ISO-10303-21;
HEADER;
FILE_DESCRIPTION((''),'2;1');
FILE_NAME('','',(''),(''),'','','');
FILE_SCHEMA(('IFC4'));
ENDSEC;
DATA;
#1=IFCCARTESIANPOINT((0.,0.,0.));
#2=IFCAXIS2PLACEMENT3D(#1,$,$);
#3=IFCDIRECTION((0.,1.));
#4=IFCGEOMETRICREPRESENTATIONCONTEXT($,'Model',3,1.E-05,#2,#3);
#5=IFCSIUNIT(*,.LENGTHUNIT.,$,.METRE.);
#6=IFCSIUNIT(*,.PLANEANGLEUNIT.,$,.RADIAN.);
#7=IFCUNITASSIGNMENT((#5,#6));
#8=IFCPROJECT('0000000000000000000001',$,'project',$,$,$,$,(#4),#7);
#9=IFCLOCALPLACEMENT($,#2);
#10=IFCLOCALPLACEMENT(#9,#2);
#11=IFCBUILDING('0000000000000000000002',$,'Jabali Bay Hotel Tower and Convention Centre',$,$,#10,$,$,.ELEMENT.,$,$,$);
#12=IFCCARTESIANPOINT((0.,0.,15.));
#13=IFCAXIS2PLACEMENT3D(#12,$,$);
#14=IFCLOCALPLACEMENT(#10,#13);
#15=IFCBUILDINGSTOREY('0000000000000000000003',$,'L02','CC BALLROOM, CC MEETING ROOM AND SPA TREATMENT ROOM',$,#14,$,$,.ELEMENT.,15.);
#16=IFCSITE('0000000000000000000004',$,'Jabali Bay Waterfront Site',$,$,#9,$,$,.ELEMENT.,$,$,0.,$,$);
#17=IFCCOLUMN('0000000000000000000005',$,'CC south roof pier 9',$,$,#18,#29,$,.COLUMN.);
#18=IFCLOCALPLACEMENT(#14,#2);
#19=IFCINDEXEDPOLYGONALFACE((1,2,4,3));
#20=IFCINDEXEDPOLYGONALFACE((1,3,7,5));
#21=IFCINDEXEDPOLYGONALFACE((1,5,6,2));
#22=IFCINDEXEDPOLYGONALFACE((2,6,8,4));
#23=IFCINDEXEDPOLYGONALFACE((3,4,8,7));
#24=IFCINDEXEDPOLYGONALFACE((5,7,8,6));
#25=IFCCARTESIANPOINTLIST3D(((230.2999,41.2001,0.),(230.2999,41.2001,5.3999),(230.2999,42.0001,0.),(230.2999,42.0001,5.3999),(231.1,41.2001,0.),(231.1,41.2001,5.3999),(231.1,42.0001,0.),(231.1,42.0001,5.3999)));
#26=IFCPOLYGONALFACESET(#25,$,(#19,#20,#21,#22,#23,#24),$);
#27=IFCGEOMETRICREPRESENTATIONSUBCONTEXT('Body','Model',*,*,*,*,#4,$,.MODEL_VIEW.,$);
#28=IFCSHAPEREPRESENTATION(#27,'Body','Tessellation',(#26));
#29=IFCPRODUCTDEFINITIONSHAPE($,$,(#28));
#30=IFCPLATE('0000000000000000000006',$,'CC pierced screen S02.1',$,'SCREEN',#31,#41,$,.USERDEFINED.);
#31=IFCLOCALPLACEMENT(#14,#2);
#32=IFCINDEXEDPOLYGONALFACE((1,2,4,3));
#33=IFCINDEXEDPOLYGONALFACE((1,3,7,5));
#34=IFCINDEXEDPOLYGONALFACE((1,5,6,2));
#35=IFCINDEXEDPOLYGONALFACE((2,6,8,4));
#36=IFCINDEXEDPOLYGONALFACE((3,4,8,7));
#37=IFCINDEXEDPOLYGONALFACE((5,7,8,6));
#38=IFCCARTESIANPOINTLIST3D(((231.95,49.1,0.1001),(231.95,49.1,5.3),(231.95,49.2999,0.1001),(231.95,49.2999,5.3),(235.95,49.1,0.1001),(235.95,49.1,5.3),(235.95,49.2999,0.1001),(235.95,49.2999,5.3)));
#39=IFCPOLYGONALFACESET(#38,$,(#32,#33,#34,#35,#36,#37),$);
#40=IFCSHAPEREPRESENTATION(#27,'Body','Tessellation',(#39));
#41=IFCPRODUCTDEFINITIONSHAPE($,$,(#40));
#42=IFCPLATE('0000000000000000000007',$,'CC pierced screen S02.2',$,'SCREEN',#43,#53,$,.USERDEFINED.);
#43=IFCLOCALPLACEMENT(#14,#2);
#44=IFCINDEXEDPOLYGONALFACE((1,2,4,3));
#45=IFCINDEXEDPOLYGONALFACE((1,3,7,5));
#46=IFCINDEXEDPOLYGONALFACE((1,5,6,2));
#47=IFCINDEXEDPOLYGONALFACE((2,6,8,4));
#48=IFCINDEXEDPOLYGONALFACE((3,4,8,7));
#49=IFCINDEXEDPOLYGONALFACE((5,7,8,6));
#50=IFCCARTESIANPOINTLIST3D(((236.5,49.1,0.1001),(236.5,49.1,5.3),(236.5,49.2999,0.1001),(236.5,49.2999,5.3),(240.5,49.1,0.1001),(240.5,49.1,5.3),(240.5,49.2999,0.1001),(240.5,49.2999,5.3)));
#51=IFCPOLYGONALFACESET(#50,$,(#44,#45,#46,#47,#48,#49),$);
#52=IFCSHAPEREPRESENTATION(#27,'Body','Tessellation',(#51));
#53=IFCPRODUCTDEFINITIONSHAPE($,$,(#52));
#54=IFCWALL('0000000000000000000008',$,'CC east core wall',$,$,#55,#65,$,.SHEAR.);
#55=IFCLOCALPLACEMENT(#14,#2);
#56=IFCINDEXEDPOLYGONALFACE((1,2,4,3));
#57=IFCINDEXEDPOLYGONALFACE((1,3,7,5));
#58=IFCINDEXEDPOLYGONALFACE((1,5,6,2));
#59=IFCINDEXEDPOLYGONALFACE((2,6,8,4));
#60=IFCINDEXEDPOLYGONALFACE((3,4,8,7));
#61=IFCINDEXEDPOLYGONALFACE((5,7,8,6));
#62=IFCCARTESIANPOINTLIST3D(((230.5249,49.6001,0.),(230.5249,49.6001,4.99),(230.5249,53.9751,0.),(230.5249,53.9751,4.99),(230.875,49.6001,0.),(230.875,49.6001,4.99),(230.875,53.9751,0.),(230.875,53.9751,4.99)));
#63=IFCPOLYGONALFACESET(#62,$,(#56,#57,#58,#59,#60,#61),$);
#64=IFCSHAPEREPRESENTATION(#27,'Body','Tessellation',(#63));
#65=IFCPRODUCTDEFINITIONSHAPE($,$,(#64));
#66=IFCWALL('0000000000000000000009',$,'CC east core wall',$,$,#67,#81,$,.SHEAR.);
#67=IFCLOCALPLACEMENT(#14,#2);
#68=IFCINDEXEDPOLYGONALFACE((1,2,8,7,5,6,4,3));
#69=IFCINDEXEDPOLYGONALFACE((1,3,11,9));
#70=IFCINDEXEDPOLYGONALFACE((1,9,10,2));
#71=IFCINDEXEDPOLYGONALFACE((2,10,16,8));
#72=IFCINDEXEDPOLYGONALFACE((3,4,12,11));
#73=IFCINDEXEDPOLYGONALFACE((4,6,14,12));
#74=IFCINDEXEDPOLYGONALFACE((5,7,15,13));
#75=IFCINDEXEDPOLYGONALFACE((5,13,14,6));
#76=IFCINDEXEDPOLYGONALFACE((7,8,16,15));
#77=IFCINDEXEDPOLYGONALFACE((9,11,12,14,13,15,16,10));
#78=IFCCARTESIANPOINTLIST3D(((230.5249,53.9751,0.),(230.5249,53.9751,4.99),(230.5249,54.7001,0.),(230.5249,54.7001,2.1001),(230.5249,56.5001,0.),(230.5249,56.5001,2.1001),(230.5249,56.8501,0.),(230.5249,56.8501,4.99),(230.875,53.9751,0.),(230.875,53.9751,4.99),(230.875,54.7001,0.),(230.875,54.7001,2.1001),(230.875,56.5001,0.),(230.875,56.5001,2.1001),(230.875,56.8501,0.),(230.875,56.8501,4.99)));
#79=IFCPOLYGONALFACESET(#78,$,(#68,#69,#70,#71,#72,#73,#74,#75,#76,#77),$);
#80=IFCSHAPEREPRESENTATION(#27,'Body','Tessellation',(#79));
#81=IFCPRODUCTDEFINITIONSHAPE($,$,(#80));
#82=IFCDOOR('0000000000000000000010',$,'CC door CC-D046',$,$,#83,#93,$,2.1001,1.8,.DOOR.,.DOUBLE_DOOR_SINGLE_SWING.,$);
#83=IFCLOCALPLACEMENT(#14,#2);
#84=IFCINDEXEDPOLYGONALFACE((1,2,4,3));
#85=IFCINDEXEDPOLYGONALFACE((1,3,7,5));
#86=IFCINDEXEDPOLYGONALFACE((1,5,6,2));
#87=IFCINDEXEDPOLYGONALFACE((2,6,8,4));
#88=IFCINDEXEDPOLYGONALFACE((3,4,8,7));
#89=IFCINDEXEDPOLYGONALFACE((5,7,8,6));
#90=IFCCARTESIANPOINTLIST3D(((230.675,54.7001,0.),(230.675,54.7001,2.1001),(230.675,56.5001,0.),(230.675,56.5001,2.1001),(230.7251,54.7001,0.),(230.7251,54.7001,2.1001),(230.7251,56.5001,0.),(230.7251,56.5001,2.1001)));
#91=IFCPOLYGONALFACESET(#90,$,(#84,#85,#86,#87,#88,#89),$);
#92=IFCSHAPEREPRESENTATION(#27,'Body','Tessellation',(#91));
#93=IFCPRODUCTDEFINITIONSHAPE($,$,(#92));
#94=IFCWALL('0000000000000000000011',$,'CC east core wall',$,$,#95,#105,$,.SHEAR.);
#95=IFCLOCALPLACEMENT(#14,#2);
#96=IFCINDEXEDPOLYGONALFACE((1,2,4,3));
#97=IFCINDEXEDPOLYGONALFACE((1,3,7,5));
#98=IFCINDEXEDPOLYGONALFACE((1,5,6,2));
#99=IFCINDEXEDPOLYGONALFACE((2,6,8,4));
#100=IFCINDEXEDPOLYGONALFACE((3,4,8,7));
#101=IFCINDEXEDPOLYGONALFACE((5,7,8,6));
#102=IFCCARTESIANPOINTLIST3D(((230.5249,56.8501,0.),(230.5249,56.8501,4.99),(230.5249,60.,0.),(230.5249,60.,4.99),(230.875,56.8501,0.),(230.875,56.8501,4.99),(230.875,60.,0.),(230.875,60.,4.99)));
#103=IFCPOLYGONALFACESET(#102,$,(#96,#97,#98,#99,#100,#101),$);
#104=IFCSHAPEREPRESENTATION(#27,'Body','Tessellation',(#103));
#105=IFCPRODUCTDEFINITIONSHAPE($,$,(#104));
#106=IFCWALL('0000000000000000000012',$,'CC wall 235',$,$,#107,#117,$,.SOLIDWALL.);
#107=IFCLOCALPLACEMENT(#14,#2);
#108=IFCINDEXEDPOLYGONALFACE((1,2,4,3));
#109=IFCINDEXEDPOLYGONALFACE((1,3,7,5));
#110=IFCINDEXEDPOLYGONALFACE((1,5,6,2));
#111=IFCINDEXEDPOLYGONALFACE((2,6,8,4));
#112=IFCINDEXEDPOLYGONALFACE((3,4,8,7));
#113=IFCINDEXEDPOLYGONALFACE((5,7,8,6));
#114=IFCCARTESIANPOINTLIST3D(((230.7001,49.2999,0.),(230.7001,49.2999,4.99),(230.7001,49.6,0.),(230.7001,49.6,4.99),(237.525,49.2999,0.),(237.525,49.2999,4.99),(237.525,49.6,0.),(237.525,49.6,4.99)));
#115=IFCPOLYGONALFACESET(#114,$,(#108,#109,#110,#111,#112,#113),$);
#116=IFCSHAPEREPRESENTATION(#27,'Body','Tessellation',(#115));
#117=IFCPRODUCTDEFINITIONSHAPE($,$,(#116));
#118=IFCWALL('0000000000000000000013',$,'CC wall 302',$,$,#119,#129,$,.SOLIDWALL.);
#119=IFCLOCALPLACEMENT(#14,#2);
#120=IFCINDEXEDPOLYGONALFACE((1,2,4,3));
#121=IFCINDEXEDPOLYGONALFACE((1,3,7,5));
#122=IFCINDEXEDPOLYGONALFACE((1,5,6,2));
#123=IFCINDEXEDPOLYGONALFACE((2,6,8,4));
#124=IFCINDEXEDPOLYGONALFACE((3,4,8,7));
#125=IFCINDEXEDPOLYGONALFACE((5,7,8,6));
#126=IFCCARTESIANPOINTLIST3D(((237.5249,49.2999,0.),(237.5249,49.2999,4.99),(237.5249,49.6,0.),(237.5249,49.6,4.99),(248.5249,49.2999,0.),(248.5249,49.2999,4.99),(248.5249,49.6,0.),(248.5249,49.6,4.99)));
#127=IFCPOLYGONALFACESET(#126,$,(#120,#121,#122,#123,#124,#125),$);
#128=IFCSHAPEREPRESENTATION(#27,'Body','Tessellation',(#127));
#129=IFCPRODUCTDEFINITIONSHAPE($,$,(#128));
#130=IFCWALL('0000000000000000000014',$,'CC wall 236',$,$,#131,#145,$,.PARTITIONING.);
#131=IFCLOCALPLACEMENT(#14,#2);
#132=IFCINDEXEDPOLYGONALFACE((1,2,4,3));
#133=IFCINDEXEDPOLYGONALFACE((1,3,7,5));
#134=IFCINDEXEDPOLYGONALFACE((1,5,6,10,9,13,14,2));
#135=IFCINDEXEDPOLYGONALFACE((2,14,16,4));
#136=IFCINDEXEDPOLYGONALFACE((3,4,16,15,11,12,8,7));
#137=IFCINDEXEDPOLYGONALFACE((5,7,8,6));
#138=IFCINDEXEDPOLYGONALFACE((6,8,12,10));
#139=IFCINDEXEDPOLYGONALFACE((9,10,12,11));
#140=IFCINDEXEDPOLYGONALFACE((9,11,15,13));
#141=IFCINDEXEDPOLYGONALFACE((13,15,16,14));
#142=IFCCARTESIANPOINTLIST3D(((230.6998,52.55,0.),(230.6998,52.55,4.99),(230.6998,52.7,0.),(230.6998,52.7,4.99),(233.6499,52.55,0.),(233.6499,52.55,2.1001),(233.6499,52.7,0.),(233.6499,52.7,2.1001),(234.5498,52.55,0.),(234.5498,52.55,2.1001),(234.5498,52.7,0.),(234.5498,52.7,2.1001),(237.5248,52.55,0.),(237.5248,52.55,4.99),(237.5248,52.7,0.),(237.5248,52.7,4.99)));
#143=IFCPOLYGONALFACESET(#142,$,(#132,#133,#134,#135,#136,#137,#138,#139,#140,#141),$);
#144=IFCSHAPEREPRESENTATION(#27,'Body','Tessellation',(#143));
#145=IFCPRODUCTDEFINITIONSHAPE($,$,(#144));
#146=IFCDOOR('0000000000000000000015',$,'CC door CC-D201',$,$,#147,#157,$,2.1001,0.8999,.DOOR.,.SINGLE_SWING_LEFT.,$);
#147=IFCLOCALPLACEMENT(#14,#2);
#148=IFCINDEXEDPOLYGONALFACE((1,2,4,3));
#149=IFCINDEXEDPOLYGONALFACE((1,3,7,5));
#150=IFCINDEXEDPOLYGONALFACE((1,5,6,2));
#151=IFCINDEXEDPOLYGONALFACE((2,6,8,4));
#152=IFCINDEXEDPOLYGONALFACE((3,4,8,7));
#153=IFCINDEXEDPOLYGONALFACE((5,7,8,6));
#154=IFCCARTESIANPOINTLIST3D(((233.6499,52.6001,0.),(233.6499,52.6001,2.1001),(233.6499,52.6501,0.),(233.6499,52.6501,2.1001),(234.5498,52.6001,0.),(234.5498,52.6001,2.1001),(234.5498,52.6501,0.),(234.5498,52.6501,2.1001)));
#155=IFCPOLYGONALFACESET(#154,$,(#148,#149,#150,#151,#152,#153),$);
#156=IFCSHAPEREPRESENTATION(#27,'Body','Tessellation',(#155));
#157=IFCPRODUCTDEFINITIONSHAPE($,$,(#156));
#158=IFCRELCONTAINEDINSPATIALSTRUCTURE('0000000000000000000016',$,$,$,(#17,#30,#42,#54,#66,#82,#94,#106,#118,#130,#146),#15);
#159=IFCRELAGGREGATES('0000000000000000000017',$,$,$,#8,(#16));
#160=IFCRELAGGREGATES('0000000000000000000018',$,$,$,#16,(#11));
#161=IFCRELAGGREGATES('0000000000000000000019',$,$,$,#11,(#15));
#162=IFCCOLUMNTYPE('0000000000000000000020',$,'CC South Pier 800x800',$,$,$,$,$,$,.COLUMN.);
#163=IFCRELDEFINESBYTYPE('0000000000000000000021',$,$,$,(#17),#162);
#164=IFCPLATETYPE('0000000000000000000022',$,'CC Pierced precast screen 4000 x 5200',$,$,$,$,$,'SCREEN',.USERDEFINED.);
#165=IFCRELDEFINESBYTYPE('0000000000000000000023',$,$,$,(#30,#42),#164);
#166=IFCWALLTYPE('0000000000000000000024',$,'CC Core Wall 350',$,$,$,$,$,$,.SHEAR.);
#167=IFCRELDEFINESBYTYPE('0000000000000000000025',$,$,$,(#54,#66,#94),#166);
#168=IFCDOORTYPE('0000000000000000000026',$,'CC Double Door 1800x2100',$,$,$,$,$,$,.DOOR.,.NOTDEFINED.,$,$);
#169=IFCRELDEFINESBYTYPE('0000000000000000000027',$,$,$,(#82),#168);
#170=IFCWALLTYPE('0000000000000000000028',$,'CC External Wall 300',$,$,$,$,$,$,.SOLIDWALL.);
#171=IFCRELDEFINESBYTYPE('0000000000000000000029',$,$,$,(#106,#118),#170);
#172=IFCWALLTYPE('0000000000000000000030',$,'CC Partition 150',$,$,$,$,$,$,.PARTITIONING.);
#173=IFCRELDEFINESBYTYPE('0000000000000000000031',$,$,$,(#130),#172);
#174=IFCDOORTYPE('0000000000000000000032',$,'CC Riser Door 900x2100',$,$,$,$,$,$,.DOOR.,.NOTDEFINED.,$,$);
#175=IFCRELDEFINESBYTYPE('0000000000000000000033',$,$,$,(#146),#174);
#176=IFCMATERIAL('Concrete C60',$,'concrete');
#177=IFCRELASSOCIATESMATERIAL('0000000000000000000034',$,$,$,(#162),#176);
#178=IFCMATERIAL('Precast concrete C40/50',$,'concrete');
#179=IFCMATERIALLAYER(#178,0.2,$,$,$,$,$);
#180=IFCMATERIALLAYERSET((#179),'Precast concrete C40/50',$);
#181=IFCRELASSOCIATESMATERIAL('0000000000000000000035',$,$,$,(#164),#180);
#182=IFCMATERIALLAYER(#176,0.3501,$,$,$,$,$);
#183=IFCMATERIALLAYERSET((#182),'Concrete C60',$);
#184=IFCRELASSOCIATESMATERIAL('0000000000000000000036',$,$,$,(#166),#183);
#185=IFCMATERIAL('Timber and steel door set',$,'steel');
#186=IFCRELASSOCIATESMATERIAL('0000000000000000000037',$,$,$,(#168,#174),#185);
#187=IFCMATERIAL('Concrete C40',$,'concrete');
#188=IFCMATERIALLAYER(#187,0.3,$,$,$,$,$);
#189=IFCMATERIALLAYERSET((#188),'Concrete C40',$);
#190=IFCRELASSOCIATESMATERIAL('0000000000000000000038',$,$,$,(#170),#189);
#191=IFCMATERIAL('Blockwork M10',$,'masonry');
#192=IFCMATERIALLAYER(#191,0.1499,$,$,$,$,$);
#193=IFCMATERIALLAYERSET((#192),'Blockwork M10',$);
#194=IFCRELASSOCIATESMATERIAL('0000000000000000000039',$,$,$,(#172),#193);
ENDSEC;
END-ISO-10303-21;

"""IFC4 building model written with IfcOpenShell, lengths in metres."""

from ifc_helpers import new_model, si_unit, direction, frame, frame_2d, origin, origin_2d, place, context, subcontext, project, spatial, rectangle, extrude, material, layer, layer_set, material_profile, profile_set, type_object, element, fill, save


model = new_model("IFC4")

# Units and contexts
model_context = context("Model", 3, precision=1e-05, world=origin(), true_north=direction((0.0, 1.0)))
body_context = subcontext(model_context, "Body", "Model", "MODEL_VIEW")
ifc_project = project(units=[si_unit("LENGTHUNIT", "METRE"), si_unit("PLANEANGLEUNIT", "RADIAN")], contexts=[model_context])

# Site, building, storey
site_placement = place(None, origin())
site = spatial("IfcSite", under=ifc_project, at=site_placement, Name="Jabali Bay Waterfront Site", CompositionType="ELEMENT", RefElevation=0.0)
building_placement = place(site_placement, origin())
building = spatial("IfcBuilding", under=site, at=building_placement, Name="Jabali Bay Hotel Tower and Convention Centre", CompositionType="ELEMENT")
storey_placement = place(building_placement, frame((0.0, 0.0, 15.0)))
storey = spatial("IfcBuildingStorey", under=building, at=storey_placement, Name="L02", Description="CC BALLROOM, CC MEETING ROOM AND SPA TREATMENT ROOM", CompositionType="ELEMENT", Elevation=15.0)

# Column
ifc_material_1 = material(Name="Concrete C60", Category="concrete")
ifc_material_profile = material_profile(ifc_material_1, rectangle(XDim=0.8, YDim=0.8, at=origin_2d()), Name="RC 800x800")
ifc_profile_set = profile_set([ifc_material_profile], Name="Concrete C60")
column_type = type_object("IfcColumnType", Name="CC South Pier 800x800", PredefinedType="COLUMN", material=ifc_profile_set)
column_placement = place(storey_placement, frame((230.7, 41.6001, 0.0), z_axis=(0.0, 0.0, 1.0), x_axis=(1.0, 0.0, 0.0)))
element("IfcColumn", 1, at=column_placement, inside=storey, type_object=column_type, Name="CC south roof pier 9", PredefinedType="COLUMN", context=body_context, shape_type="SweptSolid", body=[
    extrude(rectangle(XDim=0.8, YDim=0.8, at=origin_2d()), origin(), (0.0, 0.0, 1.0), 5.3999),
])

# Plates
ifc_material_2 = material(Name="Precast concrete C40/50", Category="concrete")
ifc_layer_1 = layer(ifc_material_2, 0.2)
ifc_layer_set_1 = layer_set([ifc_layer_1], Name="Precast concrete C40/50")
plate_type = type_object("IfcPlateType", Name="CC Pierced precast screen 4000 x 5200", ElementType="SCREEN", PredefinedType="USERDEFINED", material=ifc_layer_set_1)
for number, where, z_axis, x_axis, name in (
    (2, (233.95, 49.2, 0.1001), (0.0, 0.0, 1.0), (1.0, 0.0, 0.0), "CC pierced screen S02.1"),
    (3, (238.5, 49.2, 0.1001), (0.0, 0.0, 1.0), (1.0, 0.0, 0.0), "CC pierced screen S02.2"),
):
    element("IfcPlate", number, at=place(storey_placement, frame(where, z_axis=z_axis, x_axis=x_axis)), inside=storey, type_object=plate_type, Name=name, ObjectType="SCREEN", PredefinedType="USERDEFINED", context=body_context, shape_type="SweptSolid", body=[
        extrude(rectangle(XDim=4.0, YDim=0.2, at=origin_2d()), origin(), (0.0, 0.0, 1.0), 5.2),
    ])

# Wall
ifc_layer_2 = layer(ifc_material_1, 0.3501)
ifc_layer_set_2 = layer_set([ifc_layer_2], Name="Concrete C60")
wall_type_1 = type_object("IfcWallType", Name="CC Core Wall 350", PredefinedType="SHEAR", material=ifc_layer_set_2)
wall_1_placement = place(storey_placement, frame((230.7, 49.6001, 0.0), z_axis=(0.0, 0.0, 1.0), x_axis=(0.0, 1.0, 0.0)))
element("IfcWall", 4, at=wall_1_placement, inside=storey, type_object=wall_type_1, Name="CC east core wall", PredefinedType="SHEAR", context=body_context, shape_type="SweptSolid", body=[
    extrude(rectangle(XDim=4.375, YDim=0.3501, at=frame_2d((2.1875, 0.0))), origin(), (0.0, 0.0, 1.0), 4.99),
])

# Wall, opening, door
wall_2_placement = place(storey_placement, frame((230.7, 53.9751, 0.0), z_axis=(0.0, 0.0, 1.0), x_axis=(0.0, 1.0, 0.0)))
wall_2 = element("IfcWall", 5, at=wall_2_placement, inside=storey, type_object=wall_type_1, Name="CC east core wall", PredefinedType="SHEAR", context=body_context, shape_type="SweptSolid", body=[
    extrude(rectangle(XDim=2.875, YDim=0.3501, at=frame_2d((1.4375, 0.0))), origin(), (0.0, 0.0, 1.0), 4.99),
])
opening_1_placement = place(wall_2_placement, frame((0.7251, 0.0, 0.0)))
opening_1 = element("IfcOpeningElement", 6, at=opening_1_placement, cuts=wall_2, PredefinedType="OPENING", context=body_context, shape_type="SweptSolid", body=[
    extrude(rectangle(XDim=1.8, YDim=2.1001, at=frame_2d((0.8999, 1.05))), frame((0.0, 0.1855, 0.0), z_axis=(0.0, -1.0, 0.0), x_axis=(1.0, 0.0, 0.0)), (0.0, 0.0, 1.0), 0.3711),
])
ifc_material_3 = material(Name="Timber and steel door set", Category="steel")
door_type_1 = type_object("IfcDoorType", Name="CC Double Door 1800x2100", OperationType="NOTDEFINED", PredefinedType="DOOR", material=ifc_material_3)
door_1_placement = place(opening_1_placement, origin())
door_1 = element("IfcDoor", 7, at=door_1_placement, inside=storey, type_object=door_type_1, Name="CC door CC-D046", OperationType="DOUBLE_DOOR_SINGLE_SWING", OverallHeight=2.1001, OverallWidth=1.8, PredefinedType="DOOR", context=body_context, shape_type="SweptSolid", body=[
    extrude(rectangle(XDim=1.8, YDim=2.1001, at=frame_2d((0.8999, 1.05))), frame((0.0, 0.0249, 0.0), z_axis=(0.0, -1.0, 0.0), x_axis=(1.0, 0.0, 0.0)), (0.0, 0.0, 1.0), 0.05),
])
fill(opening_1, door_1)

# Walls
wall_3_placement = place(storey_placement, frame((230.7, 56.8501, 0.0), z_axis=(0.0, 0.0, 1.0), x_axis=(0.0, 1.0, 0.0)))
element("IfcWall", 8, at=wall_3_placement, inside=storey, type_object=wall_type_1, Name="CC east core wall", PredefinedType="SHEAR", context=body_context, shape_type="SweptSolid", body=[
    extrude(rectangle(XDim=3.1499, YDim=0.3501, at=frame_2d((1.575, 0.0))), origin(), (0.0, 0.0, 1.0), 4.99),
])
ifc_material_4 = material(Name="Concrete C40", Category="concrete")
ifc_layer_3 = layer(ifc_material_4, 0.3)
ifc_layer_set_3 = layer_set([ifc_layer_3], Name="Concrete C40")
wall_type_2 = type_object("IfcWallType", Name="CC External Wall 300", PredefinedType="SOLIDWALL", material=ifc_layer_set_3)
wall_4_placement = place(storey_placement, frame((230.7, 49.45, 0.0), z_axis=(0.0, 0.0, 1.0), x_axis=(1.0, 0.0, 0.0)))
element("IfcWall", 9, at=wall_4_placement, inside=storey, type_object=wall_type_2, Name="CC wall 235", PredefinedType="SOLIDWALL", context=body_context, shape_type="SweptSolid", body=[
    extrude(rectangle(XDim=6.825, YDim=0.3, at=frame_2d((3.4126, 0.0))), origin(), (0.0, 0.0, 1.0), 4.99),
])
wall_5_placement = place(storey_placement, frame((237.5249, 49.45, 0.0), z_axis=(0.0, 0.0, 1.0), x_axis=(1.0, 0.0, 0.0)))
element("IfcWall", 10, at=wall_5_placement, inside=storey, type_object=wall_type_2, Name="CC wall 302", PredefinedType="SOLIDWALL", context=body_context, shape_type="SweptSolid", body=[
    extrude(rectangle(XDim=11.0, YDim=0.3, at=frame_2d((5.5, 0.0))), origin(), (0.0, 0.0, 1.0), 4.99),
])

# Wall, opening, door
ifc_material_5 = material(Name="Blockwork M10", Category="masonry")
ifc_layer_4 = layer(ifc_material_5, 0.1499)
ifc_layer_set_4 = layer_set([ifc_layer_4], Name="Blockwork M10")
wall_type_3 = type_object("IfcWallType", Name="CC Partition 150", PredefinedType="PARTITIONING", material=ifc_layer_set_4)
wall_6_placement = place(storey_placement, frame((237.5249, 52.625, 0.0), z_axis=(0.0, 0.0, 1.0), x_axis=(-1.0, 0.0, 0.0)))
wall_6 = element("IfcWall", 11, at=wall_6_placement, inside=storey, type_object=wall_type_3, Name="CC wall 236", PredefinedType="PARTITIONING", context=body_context, shape_type="SweptSolid", body=[
    extrude(rectangle(XDim=6.825, YDim=0.1499, at=frame_2d((3.4126, 0.0))), origin(), (0.0, 0.0, 1.0), 4.99),
])
opening_2_placement = place(wall_6_placement, frame((2.9751, 0.0, 0.0)))
opening_2 = element("IfcOpeningElement", 12, at=opening_2_placement, cuts=wall_6, PredefinedType="OPENING", context=body_context, shape_type="SweptSolid", body=[
    extrude(rectangle(XDim=0.8999, YDim=2.1001, at=frame_2d((0.45, 1.05))), frame((0.0, 0.0854, 0.0), z_axis=(0.0, -1.0, 0.0), x_axis=(1.0, 0.0, 0.0)), (0.0, 0.0, 1.0), 0.1709),
])
door_type_2 = type_object("IfcDoorType", Name="CC Riser Door 900x2100", OperationType="NOTDEFINED", PredefinedType="DOOR", material=ifc_material_3)
door_2_placement = place(opening_2_placement, origin())
door_2 = element("IfcDoor", 13, at=door_2_placement, inside=storey, type_object=door_type_2, Name="CC door CC-D201", OperationType="SINGLE_SWING_LEFT", OverallHeight=2.1001, OverallWidth=0.8999, PredefinedType="DOOR", context=body_context, shape_type="SweptSolid", body=[
    extrude(rectangle(XDim=0.8999, YDim=2.1001, at=frame_2d((0.45, 1.05))), frame((0.0, 0.0249, 0.0), z_axis=(0.0, -1.0, 0.0), x_axis=(1.0, 0.0, 0.0)), (0.0, 0.0, 1.0), 0.05),
])
fill(opening_2, door_2)

save(model, "model.ifc")
